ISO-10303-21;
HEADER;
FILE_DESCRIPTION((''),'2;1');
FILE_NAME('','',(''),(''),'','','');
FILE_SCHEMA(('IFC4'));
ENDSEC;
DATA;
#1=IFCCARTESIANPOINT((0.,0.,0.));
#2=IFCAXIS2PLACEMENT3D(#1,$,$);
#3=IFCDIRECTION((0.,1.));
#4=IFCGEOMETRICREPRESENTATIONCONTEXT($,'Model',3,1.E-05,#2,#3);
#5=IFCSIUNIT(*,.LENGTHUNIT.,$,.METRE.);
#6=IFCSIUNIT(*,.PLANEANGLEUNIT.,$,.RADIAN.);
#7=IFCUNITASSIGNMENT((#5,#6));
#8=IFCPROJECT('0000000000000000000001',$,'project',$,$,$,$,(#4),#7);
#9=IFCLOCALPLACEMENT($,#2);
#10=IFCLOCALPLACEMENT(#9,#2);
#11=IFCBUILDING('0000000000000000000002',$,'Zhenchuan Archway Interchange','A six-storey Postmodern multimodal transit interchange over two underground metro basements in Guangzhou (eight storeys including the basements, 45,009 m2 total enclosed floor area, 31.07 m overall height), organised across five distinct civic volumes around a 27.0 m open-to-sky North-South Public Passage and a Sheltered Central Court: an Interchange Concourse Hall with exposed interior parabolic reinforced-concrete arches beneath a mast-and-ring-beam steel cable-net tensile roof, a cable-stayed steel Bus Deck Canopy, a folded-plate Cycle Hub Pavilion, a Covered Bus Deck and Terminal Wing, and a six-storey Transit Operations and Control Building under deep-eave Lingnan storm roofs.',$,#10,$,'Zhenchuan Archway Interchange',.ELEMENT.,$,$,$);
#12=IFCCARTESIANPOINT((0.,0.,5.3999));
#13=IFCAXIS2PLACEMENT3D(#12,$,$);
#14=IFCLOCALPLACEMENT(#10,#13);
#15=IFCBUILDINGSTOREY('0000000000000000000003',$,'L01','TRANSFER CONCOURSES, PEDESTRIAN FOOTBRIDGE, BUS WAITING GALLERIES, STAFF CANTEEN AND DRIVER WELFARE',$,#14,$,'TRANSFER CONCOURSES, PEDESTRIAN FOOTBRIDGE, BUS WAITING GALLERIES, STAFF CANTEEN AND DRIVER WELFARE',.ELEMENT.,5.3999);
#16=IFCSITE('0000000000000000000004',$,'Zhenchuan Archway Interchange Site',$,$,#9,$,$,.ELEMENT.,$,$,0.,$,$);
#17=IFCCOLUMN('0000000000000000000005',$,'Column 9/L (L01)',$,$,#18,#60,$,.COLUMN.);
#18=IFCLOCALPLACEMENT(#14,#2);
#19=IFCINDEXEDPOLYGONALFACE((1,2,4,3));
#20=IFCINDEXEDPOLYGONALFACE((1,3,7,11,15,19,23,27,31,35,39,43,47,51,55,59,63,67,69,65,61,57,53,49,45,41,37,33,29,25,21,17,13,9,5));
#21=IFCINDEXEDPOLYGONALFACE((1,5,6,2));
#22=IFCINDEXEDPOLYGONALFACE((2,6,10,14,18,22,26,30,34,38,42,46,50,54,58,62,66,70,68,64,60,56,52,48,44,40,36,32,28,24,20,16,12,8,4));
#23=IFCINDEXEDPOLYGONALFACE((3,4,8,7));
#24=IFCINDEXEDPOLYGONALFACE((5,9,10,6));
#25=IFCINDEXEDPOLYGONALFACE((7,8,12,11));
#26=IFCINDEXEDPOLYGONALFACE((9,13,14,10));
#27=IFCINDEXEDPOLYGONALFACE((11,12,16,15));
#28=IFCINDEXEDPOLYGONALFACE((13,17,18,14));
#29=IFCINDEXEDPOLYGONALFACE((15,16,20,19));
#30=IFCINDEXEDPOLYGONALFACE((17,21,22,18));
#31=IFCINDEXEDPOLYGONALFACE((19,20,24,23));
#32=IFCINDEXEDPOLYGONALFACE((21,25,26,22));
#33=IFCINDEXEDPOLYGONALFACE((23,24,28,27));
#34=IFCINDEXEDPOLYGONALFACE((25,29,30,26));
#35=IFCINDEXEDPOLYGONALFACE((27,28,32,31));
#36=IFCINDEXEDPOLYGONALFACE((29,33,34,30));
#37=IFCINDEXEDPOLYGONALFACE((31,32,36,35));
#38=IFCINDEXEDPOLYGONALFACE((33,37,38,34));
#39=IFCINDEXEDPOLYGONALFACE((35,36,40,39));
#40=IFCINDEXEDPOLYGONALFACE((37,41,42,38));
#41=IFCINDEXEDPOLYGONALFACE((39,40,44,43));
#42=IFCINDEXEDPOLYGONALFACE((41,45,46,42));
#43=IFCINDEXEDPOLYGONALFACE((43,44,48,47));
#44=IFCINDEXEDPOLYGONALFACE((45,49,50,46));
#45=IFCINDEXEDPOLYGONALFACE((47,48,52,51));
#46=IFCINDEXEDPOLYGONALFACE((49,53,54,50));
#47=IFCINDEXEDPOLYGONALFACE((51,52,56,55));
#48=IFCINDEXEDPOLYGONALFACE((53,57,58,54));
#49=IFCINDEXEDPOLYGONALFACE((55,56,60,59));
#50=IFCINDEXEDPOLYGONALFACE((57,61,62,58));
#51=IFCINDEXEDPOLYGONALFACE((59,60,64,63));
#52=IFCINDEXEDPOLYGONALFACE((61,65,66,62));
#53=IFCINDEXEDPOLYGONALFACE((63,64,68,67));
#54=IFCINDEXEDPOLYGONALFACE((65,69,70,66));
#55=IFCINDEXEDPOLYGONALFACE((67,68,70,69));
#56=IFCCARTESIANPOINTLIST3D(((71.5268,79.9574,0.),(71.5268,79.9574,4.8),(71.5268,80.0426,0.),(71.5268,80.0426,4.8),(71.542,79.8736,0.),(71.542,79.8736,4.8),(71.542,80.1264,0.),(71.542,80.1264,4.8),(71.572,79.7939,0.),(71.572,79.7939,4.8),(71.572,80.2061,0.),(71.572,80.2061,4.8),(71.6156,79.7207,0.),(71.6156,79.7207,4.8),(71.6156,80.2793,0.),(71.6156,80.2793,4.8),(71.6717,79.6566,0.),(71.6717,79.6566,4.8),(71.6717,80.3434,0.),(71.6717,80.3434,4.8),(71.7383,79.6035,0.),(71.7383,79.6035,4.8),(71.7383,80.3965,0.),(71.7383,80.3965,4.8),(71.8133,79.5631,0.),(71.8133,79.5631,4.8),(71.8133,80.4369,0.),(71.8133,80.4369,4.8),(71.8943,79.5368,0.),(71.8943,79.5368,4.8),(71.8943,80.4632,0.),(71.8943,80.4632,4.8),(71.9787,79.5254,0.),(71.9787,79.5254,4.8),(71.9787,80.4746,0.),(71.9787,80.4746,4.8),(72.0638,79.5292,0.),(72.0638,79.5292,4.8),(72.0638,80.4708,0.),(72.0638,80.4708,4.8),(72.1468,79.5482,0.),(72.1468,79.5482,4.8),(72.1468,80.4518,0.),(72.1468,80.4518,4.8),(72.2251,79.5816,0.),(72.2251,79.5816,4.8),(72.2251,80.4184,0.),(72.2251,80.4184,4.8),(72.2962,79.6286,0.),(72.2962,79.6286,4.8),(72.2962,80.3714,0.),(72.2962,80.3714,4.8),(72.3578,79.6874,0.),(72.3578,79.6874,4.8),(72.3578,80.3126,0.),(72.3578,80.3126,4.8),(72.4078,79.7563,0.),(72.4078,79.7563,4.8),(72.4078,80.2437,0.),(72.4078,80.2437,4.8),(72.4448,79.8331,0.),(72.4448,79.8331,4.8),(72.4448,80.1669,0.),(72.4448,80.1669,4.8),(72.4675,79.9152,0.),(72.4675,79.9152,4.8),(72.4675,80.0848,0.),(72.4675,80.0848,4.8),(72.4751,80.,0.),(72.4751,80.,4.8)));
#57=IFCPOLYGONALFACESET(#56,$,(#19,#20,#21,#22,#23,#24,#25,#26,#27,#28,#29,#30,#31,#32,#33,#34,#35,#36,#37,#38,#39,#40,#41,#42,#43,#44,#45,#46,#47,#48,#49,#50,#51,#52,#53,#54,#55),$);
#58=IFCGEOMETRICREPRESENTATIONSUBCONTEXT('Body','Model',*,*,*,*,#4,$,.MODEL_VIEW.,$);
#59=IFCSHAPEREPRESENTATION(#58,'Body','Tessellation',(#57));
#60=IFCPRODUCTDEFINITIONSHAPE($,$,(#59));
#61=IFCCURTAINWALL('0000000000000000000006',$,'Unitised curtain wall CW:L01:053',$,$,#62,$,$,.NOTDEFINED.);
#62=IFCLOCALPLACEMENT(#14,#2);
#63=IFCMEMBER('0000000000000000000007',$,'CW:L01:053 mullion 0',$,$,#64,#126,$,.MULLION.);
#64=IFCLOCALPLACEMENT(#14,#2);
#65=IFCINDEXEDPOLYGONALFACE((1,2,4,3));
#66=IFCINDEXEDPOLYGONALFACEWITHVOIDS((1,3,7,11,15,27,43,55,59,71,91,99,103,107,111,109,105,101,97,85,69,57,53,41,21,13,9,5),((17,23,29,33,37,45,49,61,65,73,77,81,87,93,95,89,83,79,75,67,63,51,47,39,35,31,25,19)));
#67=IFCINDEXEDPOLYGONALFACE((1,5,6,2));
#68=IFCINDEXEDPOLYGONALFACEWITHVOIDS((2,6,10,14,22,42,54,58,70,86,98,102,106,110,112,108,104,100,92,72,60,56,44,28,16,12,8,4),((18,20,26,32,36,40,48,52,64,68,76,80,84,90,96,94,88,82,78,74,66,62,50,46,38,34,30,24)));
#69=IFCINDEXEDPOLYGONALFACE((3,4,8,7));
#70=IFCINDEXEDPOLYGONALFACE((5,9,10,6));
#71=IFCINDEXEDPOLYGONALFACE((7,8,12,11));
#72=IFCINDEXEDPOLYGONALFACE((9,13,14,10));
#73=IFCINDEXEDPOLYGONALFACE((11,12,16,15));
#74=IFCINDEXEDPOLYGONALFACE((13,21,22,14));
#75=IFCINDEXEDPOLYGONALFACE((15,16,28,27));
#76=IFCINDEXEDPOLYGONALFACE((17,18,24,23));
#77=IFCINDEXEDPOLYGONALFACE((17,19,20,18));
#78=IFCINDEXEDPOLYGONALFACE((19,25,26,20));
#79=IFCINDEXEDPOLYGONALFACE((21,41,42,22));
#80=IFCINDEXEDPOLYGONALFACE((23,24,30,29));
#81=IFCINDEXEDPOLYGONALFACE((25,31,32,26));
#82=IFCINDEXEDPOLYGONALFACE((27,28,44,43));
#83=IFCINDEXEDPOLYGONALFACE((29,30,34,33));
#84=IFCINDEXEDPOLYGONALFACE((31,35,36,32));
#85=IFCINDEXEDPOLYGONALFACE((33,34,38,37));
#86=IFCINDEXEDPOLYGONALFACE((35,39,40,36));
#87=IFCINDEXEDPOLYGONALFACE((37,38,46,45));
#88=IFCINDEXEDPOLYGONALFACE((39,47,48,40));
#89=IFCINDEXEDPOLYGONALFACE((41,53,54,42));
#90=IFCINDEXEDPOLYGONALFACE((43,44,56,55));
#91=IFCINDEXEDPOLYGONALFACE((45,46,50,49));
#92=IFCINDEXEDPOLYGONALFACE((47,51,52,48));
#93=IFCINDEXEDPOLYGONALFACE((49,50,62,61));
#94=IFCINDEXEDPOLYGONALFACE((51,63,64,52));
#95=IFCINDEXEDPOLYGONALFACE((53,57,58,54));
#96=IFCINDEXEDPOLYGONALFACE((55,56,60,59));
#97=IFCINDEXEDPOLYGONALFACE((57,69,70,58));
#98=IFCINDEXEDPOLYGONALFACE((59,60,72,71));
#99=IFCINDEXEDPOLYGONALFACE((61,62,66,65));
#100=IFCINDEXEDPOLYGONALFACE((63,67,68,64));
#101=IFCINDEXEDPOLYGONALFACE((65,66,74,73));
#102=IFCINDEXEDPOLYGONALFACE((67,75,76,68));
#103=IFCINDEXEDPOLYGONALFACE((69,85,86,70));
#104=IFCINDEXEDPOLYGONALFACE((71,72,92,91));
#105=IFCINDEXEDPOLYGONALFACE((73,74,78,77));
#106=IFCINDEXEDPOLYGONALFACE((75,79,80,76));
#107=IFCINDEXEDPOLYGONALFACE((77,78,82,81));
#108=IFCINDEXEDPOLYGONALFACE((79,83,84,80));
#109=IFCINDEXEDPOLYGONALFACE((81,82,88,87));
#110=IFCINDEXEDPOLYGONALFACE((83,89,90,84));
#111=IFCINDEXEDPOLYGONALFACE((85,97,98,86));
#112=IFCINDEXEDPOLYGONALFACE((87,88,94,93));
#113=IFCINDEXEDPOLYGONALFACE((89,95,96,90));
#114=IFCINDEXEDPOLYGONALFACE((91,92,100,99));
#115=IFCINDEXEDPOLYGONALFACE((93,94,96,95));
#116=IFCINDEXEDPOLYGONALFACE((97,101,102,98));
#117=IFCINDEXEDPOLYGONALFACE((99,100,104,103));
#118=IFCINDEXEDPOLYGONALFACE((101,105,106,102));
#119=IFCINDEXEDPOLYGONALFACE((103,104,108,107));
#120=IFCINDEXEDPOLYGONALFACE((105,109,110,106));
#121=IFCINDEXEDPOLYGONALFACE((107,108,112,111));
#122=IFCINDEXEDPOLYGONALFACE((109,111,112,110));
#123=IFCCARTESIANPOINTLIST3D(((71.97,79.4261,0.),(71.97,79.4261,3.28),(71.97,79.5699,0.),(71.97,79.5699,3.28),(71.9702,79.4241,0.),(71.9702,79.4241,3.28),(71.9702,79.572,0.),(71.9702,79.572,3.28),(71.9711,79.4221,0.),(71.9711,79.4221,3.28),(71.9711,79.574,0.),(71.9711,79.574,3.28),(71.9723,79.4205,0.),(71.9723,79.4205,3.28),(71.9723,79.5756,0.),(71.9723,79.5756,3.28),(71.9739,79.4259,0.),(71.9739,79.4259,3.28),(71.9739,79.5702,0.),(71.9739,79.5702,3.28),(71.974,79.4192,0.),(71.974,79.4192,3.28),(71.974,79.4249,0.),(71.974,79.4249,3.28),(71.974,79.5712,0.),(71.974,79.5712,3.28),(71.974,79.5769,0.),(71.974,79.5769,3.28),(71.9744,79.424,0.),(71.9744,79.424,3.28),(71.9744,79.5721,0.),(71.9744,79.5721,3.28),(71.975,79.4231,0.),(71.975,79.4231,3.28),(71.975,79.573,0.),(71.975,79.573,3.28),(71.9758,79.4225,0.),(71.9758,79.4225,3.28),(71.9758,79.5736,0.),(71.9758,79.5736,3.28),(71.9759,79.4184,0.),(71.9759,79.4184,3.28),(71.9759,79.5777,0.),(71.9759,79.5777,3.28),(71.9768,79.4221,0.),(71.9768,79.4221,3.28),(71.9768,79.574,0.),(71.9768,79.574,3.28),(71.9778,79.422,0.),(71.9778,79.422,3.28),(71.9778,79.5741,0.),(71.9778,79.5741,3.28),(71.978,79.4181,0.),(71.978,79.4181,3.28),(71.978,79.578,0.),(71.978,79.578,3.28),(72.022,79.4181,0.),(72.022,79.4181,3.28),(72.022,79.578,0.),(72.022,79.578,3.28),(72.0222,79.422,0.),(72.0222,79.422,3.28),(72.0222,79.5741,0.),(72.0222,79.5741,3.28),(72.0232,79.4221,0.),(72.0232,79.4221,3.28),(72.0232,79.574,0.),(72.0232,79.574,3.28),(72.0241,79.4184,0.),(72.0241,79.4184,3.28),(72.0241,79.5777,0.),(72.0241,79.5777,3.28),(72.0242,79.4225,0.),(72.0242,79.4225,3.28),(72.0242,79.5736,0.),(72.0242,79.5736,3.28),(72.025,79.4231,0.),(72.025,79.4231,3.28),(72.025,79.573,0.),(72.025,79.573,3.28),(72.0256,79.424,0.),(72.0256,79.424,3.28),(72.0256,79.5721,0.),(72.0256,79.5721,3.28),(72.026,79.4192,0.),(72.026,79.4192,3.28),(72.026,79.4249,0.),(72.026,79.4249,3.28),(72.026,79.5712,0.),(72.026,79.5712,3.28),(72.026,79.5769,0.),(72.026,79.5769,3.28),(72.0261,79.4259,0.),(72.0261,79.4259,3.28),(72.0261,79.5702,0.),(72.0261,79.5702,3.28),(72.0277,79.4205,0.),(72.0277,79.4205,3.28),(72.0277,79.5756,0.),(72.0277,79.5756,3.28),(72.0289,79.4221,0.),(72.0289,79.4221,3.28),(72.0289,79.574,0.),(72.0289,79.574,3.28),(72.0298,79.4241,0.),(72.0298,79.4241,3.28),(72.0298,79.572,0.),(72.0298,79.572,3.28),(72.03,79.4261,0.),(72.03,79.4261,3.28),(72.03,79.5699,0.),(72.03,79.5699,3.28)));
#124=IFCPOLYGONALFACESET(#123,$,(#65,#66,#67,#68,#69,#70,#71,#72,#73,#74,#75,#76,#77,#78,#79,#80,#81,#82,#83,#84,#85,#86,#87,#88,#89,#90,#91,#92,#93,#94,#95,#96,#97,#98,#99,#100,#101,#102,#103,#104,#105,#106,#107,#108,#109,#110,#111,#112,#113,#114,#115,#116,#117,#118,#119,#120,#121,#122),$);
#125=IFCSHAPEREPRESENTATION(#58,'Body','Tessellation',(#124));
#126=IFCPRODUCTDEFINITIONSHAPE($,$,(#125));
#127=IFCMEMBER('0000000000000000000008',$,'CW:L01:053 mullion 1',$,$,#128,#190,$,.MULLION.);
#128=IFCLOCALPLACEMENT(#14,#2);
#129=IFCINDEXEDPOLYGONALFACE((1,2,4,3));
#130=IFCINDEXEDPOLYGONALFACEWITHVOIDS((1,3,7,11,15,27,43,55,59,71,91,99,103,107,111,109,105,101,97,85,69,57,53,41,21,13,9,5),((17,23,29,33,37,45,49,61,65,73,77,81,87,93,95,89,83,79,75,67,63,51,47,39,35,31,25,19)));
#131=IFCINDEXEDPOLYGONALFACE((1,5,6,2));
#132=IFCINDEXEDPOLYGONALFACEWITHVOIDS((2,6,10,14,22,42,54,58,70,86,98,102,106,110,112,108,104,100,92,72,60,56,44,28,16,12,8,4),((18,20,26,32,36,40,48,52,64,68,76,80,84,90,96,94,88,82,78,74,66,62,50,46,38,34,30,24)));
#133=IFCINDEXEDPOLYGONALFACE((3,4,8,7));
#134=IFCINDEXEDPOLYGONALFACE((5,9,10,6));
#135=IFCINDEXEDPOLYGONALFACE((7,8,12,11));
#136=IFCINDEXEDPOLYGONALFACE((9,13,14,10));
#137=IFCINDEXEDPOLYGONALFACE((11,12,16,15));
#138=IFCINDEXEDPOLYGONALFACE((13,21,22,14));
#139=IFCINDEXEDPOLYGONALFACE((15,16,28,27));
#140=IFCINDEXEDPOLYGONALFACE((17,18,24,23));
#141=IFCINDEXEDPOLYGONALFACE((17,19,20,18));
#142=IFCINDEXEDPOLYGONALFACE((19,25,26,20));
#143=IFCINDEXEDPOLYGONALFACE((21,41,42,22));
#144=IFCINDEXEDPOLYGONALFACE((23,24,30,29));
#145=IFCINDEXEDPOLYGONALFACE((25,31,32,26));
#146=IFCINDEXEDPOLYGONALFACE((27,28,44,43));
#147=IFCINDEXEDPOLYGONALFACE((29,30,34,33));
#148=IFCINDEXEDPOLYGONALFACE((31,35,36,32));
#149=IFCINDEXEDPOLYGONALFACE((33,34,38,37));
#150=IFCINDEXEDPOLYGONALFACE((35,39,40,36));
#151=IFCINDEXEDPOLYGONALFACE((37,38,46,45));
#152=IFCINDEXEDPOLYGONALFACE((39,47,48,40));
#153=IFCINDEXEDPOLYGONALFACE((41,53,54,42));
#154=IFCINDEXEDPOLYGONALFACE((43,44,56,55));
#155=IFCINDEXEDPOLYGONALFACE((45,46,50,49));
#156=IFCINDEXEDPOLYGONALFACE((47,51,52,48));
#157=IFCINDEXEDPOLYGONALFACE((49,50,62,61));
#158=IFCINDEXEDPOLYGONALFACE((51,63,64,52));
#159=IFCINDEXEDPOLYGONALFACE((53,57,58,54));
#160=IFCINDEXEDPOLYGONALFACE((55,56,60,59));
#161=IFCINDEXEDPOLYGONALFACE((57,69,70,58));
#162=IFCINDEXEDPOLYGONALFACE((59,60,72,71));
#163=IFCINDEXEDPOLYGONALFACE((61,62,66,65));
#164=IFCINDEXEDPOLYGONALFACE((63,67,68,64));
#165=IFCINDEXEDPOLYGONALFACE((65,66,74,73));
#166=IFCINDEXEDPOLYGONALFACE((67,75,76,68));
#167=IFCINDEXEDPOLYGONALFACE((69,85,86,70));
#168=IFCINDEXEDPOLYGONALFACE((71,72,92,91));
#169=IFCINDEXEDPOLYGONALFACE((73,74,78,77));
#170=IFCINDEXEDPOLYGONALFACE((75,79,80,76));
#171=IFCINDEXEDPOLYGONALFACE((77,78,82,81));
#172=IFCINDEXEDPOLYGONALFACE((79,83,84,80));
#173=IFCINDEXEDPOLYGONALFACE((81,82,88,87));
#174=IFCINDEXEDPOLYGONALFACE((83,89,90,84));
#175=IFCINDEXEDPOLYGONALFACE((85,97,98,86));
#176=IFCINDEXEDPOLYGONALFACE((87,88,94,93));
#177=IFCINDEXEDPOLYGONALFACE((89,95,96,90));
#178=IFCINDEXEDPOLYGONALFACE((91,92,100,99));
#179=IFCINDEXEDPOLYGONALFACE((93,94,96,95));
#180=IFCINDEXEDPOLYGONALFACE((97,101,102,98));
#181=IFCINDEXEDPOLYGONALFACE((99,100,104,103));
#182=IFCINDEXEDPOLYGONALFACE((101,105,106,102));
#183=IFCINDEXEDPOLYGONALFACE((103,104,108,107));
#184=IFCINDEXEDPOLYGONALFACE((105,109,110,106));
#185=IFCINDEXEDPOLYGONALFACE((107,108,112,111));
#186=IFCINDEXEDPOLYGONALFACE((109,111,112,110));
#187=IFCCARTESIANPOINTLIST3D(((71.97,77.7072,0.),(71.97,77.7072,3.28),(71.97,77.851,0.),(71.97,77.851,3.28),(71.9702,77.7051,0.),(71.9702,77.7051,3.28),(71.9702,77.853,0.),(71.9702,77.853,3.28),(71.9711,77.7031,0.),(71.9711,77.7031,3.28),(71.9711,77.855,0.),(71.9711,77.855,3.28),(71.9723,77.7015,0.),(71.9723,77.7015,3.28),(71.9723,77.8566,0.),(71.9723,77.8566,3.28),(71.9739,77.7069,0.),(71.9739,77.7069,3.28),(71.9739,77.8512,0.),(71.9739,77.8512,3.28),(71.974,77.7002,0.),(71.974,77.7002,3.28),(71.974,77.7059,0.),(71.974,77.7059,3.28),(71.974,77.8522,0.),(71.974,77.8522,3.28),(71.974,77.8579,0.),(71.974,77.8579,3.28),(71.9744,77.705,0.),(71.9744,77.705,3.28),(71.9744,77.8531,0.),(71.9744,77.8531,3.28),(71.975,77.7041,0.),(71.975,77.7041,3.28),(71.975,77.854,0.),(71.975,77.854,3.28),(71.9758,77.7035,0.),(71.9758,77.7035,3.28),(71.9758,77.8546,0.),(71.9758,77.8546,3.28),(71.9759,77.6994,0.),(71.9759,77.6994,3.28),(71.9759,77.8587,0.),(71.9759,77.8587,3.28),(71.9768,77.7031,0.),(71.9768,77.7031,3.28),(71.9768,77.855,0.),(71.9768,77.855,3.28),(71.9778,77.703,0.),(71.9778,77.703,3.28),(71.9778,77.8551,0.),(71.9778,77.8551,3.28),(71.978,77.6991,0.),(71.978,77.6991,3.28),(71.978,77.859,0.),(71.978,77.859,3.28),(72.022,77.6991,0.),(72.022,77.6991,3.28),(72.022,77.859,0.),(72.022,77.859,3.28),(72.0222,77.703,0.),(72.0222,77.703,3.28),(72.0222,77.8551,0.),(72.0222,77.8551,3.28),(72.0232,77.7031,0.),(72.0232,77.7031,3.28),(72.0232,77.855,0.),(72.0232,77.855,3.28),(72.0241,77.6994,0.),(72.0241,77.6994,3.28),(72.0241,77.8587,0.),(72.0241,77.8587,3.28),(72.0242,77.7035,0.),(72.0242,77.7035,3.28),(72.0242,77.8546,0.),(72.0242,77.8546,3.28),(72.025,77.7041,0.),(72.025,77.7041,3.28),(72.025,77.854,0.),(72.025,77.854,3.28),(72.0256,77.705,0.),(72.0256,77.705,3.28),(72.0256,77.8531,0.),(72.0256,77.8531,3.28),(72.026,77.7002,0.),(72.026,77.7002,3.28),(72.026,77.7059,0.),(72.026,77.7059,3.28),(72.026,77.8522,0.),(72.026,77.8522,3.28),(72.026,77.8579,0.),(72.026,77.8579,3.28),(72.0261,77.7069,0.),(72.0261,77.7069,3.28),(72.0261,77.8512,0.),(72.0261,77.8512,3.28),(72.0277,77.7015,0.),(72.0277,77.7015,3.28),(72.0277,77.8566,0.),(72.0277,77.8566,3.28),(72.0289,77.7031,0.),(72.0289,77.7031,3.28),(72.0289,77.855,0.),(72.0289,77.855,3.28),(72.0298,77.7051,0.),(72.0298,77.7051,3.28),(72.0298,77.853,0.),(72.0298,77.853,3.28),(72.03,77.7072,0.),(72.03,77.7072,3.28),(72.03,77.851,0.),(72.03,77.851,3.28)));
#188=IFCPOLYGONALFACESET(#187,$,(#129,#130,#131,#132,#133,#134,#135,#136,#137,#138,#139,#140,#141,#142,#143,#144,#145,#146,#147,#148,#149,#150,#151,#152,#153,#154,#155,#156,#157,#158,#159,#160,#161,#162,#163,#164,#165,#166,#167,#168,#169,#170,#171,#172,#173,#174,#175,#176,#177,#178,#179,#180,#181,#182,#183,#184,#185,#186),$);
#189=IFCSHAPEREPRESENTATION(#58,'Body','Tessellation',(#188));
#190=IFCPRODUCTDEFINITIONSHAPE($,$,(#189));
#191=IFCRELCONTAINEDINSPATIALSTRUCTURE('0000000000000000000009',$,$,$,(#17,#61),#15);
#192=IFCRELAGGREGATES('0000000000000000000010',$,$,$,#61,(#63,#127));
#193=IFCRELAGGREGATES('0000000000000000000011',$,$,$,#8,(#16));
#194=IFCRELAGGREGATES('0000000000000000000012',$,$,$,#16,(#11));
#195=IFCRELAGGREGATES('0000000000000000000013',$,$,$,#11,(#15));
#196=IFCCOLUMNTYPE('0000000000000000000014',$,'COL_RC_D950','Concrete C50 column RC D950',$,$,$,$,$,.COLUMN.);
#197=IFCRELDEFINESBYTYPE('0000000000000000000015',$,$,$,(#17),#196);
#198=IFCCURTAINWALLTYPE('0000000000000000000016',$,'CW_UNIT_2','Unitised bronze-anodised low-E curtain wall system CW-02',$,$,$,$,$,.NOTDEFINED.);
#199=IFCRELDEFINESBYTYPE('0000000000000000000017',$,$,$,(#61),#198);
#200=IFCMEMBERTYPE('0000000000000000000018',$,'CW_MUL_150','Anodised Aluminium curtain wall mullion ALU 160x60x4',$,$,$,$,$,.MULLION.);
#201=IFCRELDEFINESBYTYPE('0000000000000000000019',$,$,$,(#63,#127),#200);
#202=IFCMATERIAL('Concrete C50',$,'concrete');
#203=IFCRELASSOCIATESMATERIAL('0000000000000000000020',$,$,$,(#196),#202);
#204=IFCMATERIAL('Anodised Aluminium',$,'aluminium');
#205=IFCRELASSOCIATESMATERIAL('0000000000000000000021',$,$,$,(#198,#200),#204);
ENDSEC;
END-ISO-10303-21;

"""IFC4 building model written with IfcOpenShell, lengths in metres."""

from ifc_helpers import new_model, si_unit, direction, frame, origin, origin_2d, place, context, subcontext, project, spatial, hollow_rectangle, circle, extrude, material, material_profile, profile_set, type_object, element, aggregate, save


model = new_model("IFC4")

# Units and contexts
model_context = context("Model", 3, precision=1e-05, world=origin(), true_north=direction((0.0, 1.0)))
body_context = subcontext(model_context, "Body", "Model", "MODEL_VIEW")
ifc_project = project(units=[si_unit("LENGTHUNIT", "METRE"), si_unit("PLANEANGLEUNIT", "RADIAN")], contexts=[model_context])

# Site, building, storey
site_placement = place(None, origin())
site = spatial("IfcSite", under=ifc_project, at=site_placement, Name="Zhenchuan Archway Interchange Site", CompositionType="ELEMENT", RefElevation=0.0)
building_placement = place(site_placement, origin())
building = spatial("IfcBuilding", under=site, at=building_placement, Name="Zhenchuan Archway Interchange", Description="A six-storey Postmodern multimodal transit interchange over two underground metro basements in Guangzhou (eight storeys including the basements, 45,009 m2 total enclosed floor area, 31.07 m overall height), organised across five distinct civic volumes around a 27.0 m open-to-sky North-South Public Passage and a Sheltered Central Court: an Interchange Concourse Hall with exposed interior parabolic reinforced-concrete arches beneath a mast-and-ring-beam steel cable-net tensile roof, a cable-stayed steel Bus Deck Canopy, a folded-plate Cycle Hub Pavilion, a Covered Bus Deck and Terminal Wing, and a six-storey Transit Operations and Control Building under deep-eave Lingnan storm roofs.", LongName="Zhenchuan Archway Interchange", CompositionType="ELEMENT")
storey_placement = place(building_placement, frame((0.0, 0.0, 5.3999)))
storey = spatial("IfcBuildingStorey", under=building, at=storey_placement, Name="L01", Description="TRANSFER CONCOURSES, PEDESTRIAN FOOTBRIDGE, BUS WAITING GALLERIES, STAFF CANTEEN AND DRIVER WELFARE", LongName="TRANSFER CONCOURSES, PEDESTRIAN FOOTBRIDGE, BUS WAITING GALLERIES, STAFF CANTEEN AND DRIVER WELFARE", CompositionType="ELEMENT", Elevation=5.3999)

# Column
ifc_material_1 = material(Name="Concrete C50", Category="concrete")
ifc_material_profile_1 = material_profile(ifc_material_1, circle(Radius=0.4751, at=origin_2d()), Name="RC D950")
ifc_profile_set_1 = profile_set([ifc_material_profile_1], Name="Concrete C50")
column_type = type_object("IfcColumnType", Name="COL_RC_D950", Description="Concrete C50 column RC D950", PredefinedType="COLUMN", material=ifc_profile_set_1)
column_placement = place(storey_placement, frame((72.0, 80.0, 0.0), z_axis=(0.0, 0.0, 1.0), x_axis=(1.0, 0.0, 0.0)))
element("IfcColumn", 1, at=column_placement, inside=storey, type_object=column_type, Name="Column 9/L (L01)", PredefinedType="COLUMN", context=body_context, shape_type="SweptSolid", body=[
    extrude(circle(Radius=0.4751, at=origin_2d()), origin(), (0.0, 0.0, 1.0), 4.8),
])

# Curtain wall, members
ifc_material_2 = material(Name="Anodised Aluminium", Category="aluminium")
curtain_wall_type = type_object("IfcCurtainWallType", Name="CW_UNIT_2", Description="Unitised bronze-anodised low-E curtain wall system CW-02", PredefinedType="NOTDEFINED", material=ifc_material_2)
curtain_wall_placement = place(storey_placement, origin())
curtain_wall = element("IfcCurtainWall", 2, at=curtain_wall_placement, inside=storey, type_object=curtain_wall_type, Name="Unitised curtain wall CW:L01:053", PredefinedType="NOTDEFINED")
ifc_material_profile_2 = material_profile(ifc_material_2, hollow_rectangle(XDim=0.0601, YDim=0.1599, WallThickness=0.0039, InnerFilletRadius=0.0039, OuterFilletRadius=0.0081, at=origin_2d()), Name="ALU 160x60x4")
ifc_profile_set_2 = profile_set([ifc_material_profile_2], Name="Anodised Aluminium")
member_type_1 = type_object("IfcMemberType", Name="CW_MUL_150", Description="Anodised Aluminium curtain wall mullion ALU 160x60x4", PredefinedType="MULLION", material=ifc_profile_set_2)
member_1_placement = place(storey_placement, frame((72.0, 79.498, 0.0), z_axis=(0.0, 0.0, 1.0), x_axis=(1.0, 0.0, 0.0)))
member_1 = element("IfcMember", 3, at=member_1_placement, type_object=member_type_1, Name="CW:L01:053 mullion 0", PredefinedType="MULLION", context=body_context, shape_type="SweptSolid", body=[
    extrude(hollow_rectangle(XDim=0.0601, YDim=0.1599, WallThickness=0.0039, InnerFilletRadius=0.0039, OuterFilletRadius=0.0081, at=origin_2d()), origin(), (0.0, 0.0, 1.0), 3.28),
])
member_2_placement = place(storey_placement, frame((72.0, 77.7791, 0.0), z_axis=(0.0, 0.0, 1.0), x_axis=(1.0, 0.0, 0.0)))
member_2 = element("IfcMember", 4, at=member_2_placement, type_object=member_type_1, Name="CW:L01:053 mullion 1", PredefinedType="MULLION", context=body_context, shape_type="SweptSolid", body=[
    extrude(hollow_rectangle(XDim=0.0601, YDim=0.1599, WallThickness=0.0039, InnerFilletRadius=0.0039, OuterFilletRadius=0.0081, at=origin_2d()), origin(), (0.0, 0.0, 1.0), 3.28),
])

aggregate(curtain_wall, [member_1, member_2])

save(model, "model.ifc")
